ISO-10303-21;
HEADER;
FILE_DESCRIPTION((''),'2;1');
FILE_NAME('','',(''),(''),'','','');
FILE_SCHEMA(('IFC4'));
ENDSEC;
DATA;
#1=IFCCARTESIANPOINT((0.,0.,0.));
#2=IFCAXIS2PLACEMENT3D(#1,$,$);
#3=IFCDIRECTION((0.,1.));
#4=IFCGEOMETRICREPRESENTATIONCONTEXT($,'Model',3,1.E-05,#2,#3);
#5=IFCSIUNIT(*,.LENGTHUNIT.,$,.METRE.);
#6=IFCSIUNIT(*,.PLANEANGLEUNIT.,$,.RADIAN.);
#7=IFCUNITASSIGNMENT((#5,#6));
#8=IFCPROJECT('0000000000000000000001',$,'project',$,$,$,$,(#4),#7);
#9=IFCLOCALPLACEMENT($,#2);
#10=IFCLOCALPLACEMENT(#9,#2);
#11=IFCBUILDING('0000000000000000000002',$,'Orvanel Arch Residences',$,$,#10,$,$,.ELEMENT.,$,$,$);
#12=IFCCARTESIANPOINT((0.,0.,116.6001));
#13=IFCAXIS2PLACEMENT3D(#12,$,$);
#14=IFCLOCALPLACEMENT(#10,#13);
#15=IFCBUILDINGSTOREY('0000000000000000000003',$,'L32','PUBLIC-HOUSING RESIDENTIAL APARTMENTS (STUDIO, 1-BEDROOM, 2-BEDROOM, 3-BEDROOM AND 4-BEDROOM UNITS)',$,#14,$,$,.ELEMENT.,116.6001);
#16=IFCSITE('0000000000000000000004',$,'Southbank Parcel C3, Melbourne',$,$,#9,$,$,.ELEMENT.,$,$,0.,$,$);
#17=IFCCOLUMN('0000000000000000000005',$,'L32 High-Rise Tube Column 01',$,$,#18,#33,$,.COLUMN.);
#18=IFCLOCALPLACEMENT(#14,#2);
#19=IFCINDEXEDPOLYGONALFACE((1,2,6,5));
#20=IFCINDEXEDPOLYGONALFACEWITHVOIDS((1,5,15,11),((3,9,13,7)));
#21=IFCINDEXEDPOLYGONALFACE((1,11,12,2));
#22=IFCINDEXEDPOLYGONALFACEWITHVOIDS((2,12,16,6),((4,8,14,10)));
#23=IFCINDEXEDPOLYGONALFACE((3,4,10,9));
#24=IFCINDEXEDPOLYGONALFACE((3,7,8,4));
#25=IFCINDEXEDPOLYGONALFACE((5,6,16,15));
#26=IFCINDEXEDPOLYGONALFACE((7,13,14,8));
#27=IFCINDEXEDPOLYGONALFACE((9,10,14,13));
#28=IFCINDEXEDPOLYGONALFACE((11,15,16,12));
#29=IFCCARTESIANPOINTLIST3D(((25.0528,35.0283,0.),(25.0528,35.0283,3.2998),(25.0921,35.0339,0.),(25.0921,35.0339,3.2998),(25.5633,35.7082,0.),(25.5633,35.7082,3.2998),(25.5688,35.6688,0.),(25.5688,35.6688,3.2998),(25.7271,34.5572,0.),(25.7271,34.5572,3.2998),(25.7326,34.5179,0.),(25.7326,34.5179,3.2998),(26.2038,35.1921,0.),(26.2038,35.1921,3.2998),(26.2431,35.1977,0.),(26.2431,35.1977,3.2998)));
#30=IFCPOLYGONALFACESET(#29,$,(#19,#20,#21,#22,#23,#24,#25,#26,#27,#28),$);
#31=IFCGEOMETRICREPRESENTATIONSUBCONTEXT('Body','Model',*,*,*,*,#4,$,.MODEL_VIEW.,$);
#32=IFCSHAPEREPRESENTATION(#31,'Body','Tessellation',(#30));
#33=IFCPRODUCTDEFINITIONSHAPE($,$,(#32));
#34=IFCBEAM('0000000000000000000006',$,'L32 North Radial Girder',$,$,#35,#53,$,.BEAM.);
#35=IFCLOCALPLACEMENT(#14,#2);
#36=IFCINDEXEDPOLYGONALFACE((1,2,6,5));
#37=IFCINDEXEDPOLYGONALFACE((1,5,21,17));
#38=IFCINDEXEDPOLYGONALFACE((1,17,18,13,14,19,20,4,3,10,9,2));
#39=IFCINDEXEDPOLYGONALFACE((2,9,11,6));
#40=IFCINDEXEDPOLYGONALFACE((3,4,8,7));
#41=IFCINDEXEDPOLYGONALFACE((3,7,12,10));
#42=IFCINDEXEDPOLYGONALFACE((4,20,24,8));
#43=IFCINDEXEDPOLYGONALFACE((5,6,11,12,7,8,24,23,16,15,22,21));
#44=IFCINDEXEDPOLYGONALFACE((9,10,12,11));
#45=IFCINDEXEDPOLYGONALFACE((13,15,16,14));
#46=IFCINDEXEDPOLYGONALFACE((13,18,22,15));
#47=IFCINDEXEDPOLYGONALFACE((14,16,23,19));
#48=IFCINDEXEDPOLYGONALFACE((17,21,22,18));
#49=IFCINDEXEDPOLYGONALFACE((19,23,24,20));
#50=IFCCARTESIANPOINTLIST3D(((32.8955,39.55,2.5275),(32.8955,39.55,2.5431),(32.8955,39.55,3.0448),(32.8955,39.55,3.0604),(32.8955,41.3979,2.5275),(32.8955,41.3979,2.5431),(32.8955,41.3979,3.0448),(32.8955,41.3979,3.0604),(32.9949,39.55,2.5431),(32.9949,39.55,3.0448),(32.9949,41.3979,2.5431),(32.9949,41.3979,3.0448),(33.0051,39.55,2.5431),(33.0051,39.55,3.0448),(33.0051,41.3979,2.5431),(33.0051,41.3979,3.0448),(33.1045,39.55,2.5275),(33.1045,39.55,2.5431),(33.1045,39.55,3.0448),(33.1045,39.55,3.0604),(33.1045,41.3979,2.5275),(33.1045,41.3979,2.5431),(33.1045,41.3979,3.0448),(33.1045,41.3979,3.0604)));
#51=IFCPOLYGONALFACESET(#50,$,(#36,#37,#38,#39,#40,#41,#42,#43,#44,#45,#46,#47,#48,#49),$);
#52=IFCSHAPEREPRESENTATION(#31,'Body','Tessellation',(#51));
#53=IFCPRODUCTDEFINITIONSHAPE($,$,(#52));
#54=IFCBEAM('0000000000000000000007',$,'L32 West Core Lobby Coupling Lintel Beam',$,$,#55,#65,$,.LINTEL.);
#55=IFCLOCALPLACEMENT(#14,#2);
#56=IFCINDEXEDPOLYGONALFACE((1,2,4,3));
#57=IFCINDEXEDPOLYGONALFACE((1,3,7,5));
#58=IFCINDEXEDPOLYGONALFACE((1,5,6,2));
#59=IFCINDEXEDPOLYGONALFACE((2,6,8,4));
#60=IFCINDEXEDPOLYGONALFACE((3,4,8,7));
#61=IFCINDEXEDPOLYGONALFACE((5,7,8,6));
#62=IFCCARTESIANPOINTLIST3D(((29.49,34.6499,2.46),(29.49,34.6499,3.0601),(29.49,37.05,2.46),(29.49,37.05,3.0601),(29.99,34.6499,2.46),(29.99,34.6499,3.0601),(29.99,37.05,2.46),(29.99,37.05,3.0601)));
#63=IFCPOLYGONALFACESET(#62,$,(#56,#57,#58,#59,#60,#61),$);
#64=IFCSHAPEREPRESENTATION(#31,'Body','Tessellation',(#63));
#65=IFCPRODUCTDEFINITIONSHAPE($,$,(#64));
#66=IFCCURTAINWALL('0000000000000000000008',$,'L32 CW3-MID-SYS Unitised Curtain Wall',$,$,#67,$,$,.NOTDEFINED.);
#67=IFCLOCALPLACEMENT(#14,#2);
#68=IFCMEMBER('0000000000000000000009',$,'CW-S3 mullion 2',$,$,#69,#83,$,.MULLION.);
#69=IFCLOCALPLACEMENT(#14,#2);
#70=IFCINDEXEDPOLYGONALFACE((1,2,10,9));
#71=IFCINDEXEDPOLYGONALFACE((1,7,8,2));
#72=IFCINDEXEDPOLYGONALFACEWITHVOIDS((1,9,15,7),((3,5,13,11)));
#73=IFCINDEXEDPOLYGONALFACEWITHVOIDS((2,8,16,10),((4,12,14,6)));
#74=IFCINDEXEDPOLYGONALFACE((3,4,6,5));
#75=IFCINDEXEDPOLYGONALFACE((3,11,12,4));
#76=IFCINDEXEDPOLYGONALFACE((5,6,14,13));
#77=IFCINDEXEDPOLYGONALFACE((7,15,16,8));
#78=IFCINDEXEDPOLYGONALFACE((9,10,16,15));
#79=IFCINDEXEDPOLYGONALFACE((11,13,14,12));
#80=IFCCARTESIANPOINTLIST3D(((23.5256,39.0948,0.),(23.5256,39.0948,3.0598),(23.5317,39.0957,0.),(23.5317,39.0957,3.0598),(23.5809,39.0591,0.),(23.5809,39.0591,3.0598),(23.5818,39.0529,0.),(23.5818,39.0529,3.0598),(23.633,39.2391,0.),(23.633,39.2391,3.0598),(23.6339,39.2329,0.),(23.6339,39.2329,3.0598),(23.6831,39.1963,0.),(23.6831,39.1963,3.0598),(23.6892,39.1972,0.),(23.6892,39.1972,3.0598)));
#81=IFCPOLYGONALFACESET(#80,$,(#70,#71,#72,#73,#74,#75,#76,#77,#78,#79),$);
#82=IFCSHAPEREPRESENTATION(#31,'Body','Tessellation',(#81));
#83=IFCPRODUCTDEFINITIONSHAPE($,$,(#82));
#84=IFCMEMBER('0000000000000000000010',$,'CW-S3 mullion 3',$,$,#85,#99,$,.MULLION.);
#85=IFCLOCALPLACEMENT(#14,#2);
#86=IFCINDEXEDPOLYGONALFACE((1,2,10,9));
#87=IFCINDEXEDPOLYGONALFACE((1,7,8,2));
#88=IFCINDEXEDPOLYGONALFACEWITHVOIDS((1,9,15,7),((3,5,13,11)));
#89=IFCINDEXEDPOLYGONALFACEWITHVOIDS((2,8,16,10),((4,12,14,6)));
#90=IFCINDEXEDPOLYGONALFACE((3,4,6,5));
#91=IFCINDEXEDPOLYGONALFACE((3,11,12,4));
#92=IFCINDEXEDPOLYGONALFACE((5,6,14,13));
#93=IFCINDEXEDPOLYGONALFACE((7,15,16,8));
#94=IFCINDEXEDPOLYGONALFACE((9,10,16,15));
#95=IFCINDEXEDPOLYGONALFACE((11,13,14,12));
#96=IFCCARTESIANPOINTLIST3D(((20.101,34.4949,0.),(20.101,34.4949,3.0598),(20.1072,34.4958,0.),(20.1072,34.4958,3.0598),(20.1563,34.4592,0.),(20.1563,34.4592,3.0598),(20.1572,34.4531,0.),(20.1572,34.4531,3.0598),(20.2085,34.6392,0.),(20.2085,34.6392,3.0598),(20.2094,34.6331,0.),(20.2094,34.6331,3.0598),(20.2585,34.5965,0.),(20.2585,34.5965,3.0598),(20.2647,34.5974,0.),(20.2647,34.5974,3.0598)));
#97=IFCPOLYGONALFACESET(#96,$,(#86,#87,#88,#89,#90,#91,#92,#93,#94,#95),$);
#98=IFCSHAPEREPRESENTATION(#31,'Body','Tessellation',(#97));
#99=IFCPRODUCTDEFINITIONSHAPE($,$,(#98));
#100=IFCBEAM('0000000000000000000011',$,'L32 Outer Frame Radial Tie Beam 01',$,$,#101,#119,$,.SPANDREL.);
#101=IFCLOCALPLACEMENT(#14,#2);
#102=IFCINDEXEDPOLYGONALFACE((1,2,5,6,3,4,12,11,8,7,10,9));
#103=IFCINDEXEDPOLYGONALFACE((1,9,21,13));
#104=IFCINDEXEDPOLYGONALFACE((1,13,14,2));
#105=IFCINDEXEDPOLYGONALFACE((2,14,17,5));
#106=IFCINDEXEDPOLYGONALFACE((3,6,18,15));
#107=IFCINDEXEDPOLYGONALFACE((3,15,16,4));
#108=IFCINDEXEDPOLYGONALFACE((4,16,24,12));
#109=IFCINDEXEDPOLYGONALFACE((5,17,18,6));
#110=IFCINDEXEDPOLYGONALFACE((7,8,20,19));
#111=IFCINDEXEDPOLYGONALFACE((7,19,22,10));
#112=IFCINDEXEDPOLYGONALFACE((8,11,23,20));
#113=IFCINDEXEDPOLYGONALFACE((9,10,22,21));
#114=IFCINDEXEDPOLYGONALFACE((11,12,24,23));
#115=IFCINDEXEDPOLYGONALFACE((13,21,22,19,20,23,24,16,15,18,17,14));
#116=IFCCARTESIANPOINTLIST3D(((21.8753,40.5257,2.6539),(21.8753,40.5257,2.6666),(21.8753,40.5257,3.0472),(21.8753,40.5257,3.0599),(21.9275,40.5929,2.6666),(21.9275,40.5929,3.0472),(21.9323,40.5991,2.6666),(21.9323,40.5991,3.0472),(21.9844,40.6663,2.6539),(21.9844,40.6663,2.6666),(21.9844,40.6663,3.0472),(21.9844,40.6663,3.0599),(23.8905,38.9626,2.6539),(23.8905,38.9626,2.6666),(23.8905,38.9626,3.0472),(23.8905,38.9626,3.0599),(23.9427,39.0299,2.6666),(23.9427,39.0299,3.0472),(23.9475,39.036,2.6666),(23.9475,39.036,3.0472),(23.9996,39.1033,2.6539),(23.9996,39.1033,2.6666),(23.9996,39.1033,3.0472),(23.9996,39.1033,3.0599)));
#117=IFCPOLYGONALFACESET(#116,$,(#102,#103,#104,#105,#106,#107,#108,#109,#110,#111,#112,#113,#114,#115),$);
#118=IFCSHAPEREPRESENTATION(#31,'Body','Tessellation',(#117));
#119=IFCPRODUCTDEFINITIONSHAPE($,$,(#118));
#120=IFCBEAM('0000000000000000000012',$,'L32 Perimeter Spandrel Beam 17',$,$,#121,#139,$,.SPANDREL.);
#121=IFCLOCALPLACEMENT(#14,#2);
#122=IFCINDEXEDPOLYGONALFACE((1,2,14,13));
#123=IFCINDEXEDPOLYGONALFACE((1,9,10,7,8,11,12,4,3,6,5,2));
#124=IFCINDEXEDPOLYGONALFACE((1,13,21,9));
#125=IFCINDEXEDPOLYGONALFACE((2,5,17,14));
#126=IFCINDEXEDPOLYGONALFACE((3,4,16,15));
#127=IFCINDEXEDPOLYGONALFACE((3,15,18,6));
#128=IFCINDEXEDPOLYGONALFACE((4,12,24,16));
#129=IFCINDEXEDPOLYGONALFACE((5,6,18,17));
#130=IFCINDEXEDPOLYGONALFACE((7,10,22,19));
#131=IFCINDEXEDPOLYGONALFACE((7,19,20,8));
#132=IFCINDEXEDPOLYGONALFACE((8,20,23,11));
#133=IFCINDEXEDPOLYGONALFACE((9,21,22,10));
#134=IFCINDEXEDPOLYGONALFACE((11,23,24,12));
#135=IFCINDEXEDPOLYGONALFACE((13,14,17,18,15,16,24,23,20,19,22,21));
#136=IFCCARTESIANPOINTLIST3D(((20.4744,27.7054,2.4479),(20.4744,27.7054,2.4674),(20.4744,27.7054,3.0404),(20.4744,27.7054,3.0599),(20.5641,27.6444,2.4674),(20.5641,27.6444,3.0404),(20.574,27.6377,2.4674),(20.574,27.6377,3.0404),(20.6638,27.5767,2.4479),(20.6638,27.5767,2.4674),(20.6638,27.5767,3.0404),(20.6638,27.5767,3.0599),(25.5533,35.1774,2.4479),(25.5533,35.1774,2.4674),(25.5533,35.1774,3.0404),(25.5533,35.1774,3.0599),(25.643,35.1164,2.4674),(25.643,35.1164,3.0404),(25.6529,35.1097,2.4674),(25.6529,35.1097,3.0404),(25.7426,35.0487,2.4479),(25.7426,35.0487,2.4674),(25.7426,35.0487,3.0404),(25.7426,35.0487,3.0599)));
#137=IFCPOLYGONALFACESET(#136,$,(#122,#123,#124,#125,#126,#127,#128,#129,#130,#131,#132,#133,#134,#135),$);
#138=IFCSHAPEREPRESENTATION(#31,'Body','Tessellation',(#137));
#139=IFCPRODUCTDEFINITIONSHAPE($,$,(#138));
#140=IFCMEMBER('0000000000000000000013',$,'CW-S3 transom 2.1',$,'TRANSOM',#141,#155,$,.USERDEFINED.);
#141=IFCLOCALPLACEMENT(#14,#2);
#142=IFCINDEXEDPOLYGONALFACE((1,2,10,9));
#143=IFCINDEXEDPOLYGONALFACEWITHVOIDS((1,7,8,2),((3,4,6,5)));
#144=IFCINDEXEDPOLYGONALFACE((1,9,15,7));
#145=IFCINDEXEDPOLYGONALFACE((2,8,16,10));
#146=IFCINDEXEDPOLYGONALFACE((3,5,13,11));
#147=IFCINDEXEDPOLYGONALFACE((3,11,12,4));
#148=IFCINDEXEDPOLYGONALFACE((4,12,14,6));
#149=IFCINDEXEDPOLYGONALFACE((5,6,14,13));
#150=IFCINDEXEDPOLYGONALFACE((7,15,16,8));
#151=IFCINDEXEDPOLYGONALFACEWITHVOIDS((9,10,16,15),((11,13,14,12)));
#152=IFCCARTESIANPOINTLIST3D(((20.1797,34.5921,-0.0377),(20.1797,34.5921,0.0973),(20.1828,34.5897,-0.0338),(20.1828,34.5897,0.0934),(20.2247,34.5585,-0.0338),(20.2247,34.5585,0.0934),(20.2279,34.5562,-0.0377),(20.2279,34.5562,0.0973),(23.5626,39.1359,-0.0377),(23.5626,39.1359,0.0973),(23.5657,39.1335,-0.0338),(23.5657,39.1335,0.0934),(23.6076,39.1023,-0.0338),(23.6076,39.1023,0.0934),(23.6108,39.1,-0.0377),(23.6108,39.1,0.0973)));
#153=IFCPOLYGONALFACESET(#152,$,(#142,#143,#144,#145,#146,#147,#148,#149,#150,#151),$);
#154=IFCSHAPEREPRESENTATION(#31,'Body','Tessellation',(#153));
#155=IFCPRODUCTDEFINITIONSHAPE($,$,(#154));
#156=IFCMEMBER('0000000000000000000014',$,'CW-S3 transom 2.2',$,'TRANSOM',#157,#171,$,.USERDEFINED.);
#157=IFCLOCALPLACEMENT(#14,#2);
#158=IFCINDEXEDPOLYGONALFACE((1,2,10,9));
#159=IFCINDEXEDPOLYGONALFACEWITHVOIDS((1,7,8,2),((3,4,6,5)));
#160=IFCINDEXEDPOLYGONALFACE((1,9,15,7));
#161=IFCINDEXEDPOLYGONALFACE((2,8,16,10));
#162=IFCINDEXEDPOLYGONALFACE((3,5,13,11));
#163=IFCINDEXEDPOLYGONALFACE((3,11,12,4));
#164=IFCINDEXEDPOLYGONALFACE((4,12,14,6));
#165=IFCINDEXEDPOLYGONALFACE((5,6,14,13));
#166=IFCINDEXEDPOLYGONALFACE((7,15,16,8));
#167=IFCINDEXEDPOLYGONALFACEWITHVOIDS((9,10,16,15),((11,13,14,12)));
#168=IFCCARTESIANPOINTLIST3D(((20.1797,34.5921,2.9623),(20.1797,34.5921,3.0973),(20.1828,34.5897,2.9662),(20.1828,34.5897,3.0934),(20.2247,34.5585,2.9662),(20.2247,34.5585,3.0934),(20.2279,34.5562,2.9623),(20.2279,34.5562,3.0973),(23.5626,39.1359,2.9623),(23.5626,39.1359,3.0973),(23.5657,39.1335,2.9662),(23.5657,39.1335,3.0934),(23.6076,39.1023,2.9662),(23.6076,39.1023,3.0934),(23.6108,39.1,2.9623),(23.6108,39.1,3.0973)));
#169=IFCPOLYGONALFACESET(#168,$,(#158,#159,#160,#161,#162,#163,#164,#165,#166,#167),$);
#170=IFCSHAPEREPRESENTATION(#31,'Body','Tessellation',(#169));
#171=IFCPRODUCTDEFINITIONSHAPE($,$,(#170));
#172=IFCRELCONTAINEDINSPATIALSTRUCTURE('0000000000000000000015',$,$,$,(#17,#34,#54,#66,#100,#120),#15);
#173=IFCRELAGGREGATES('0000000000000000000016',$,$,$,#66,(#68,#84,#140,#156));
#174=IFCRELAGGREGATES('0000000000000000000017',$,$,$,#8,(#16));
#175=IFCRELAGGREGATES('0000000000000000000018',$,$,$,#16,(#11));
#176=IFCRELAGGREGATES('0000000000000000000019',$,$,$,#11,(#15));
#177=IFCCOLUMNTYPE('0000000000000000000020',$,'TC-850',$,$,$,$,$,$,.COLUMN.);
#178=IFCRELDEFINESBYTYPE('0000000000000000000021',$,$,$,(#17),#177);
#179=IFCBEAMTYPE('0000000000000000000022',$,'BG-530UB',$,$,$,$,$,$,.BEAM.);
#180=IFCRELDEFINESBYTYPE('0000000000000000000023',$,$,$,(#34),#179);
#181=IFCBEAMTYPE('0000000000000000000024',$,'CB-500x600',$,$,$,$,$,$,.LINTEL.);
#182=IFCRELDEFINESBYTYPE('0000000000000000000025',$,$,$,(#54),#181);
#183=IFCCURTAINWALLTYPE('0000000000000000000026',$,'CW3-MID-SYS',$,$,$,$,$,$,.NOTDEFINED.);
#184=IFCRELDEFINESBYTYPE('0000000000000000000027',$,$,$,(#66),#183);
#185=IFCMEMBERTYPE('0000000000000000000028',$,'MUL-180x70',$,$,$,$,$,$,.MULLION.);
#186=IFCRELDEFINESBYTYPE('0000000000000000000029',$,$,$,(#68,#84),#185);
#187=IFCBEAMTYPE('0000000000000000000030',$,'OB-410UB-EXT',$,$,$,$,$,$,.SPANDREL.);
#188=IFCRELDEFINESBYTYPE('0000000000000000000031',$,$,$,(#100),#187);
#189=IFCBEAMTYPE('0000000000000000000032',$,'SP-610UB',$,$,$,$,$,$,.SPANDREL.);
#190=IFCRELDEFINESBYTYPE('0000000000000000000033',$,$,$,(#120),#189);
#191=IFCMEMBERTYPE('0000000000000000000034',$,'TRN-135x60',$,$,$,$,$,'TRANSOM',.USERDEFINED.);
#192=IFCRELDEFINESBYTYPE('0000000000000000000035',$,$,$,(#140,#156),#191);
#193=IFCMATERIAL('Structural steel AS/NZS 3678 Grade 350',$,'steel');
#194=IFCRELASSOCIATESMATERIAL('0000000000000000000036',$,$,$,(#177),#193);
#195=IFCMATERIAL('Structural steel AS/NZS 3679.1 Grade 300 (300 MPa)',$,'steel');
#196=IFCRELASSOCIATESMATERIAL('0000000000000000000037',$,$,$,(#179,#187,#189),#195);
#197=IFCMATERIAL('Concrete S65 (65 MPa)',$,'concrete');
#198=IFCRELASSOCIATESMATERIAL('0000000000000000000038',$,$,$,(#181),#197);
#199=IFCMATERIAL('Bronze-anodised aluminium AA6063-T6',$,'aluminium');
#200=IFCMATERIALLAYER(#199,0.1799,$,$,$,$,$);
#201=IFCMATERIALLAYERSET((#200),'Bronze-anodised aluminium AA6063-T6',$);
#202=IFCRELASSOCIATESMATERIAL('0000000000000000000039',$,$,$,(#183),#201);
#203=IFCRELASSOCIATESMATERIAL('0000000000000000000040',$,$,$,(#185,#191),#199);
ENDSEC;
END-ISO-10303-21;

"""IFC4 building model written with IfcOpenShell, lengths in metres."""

from ifc_helpers import new_model, si_unit, direction, frame, origin, origin_2d, place, context, subcontext, project, spatial, rectangle, hollow_rectangle, i_section, extrude, material, layer, layer_set, material_profile, profile_set, type_object, element, aggregate, save


model = new_model("IFC4")

# Units and contexts
model_context = context("Model", 3, precision=1e-05, world=origin(), true_north=direction((0.0, 1.0)))
body_context = subcontext(model_context, "Body", "Model", "MODEL_VIEW")
ifc_project = project(units=[si_unit("LENGTHUNIT", "METRE"), si_unit("PLANEANGLEUNIT", "RADIAN")], contexts=[model_context])

# Site, building, storey
site_placement = place(None, origin())
site = spatial("IfcSite", under=ifc_project, at=site_placement, Name="Southbank Parcel C3, Melbourne", CompositionType="ELEMENT", RefElevation=0.0)
building_placement = place(site_placement, origin())
building = spatial("IfcBuilding", under=site, at=building_placement, Name="Orvanel Arch Residences", CompositionType="ELEMENT")
storey_placement = place(building_placement, frame((0.0, 0.0, 116.6001)))
storey = spatial("IfcBuildingStorey", under=building, at=storey_placement, Name="L32", Description="PUBLIC-HOUSING RESIDENTIAL APARTMENTS (STUDIO, 1-BEDROOM, 2-BEDROOM, 3-BEDROOM AND 4-BEDROOM UNITS)", CompositionType="ELEMENT", Elevation=116.6001)

# Column
ifc_material_1 = material(Name="Structural steel AS/NZS 3678 Grade 350", Category="steel")
ifc_material_profile_1 = material_profile(ifc_material_1, hollow_rectangle(XDim=0.8501, YDim=0.8501, WallThickness=0.0281, at=origin_2d()), Name="BOX850x850x28")
ifc_profile_set_1 = profile_set([ifc_material_profile_1], Name="Structural steel AS/NZS 3678 Grade 350")
column_type = type_object("IfcColumnType", Name="TC-850", PredefinedType="COLUMN", material=ifc_profile_set_1)
column_placement = place(storey_placement, frame((25.6479, 35.113, 0.0), z_axis=(0.0, 0.0, 1.0), x_axis=(0.60042, 0.799685, 0.0)))
element("IfcColumn", 1, at=column_placement, inside=storey, type_object=column_type, Name="L32 High-Rise Tube Column 01", PredefinedType="COLUMN", context=body_context, shape_type="SweptSolid", body=[
    extrude(hollow_rectangle(XDim=0.8501, YDim=0.8501, WallThickness=0.0281, at=origin_2d()), origin(), (0.0, 0.0, 1.0), 3.2998),
])

# Beams
ifc_material_2 = material(Name="Structural steel AS/NZS 3679.1 Grade 300 (300 MPa)", Category="steel")
ifc_material_profile_2 = material_profile(ifc_material_2, i_section(OverallWidth=0.209, OverallDepth=0.533, WebThickness=0.0103, FlangeThickness=0.0156, at=origin_2d()), Name="530UB92.4")
ifc_profile_set_2 = profile_set([ifc_material_profile_2], Name="Structural steel AS/NZS 3679.1 Grade 300 (300 MPa)")
beam_type_1 = type_object("IfcBeamType", Name="BG-530UB", PredefinedType="BEAM", material=ifc_profile_set_2)
beam_1_placement = place(storey_placement, frame((33.0, 39.55, 2.7939), z_axis=(0.0, 1.0, 0.0), x_axis=(-1.0, 0.0, 0.0)))
element("IfcBeam", 2, at=beam_1_placement, inside=storey, type_object=beam_type_1, Name="L32 North Radial Girder", PredefinedType="BEAM", context=body_context, shape_type="SweptSolid", body=[
    extrude(i_section(OverallWidth=0.209, OverallDepth=0.533, WebThickness=0.0103, FlangeThickness=0.0156, at=origin_2d()), origin(), (0.0, 0.0, 1.0), 1.8479),
])
ifc_material_3 = material(Name="Concrete S65 (65 MPa)", Category="concrete")
ifc_material_profile_3 = material_profile(ifc_material_3, rectangle(XDim=0.5, YDim=0.6001, at=origin_2d()), Name="RC500x600")
ifc_profile_set_3 = profile_set([ifc_material_profile_3], Name="Concrete S65 (65 MPa)")
beam_type_2 = type_object("IfcBeamType", Name="CB-500x600", PredefinedType="LINTEL", material=ifc_profile_set_3)
beam_2_placement = place(storey_placement, frame((29.74, 34.6499, 2.76), z_axis=(0.0, 1.0, 0.0), x_axis=(-1.0, 0.0, 0.0)))
element("IfcBeam", 3, at=beam_2_placement, inside=storey, type_object=beam_type_2, Name="L32 West Core Lobby Coupling Lintel Beam", PredefinedType="LINTEL", context=body_context, shape_type="SweptSolid", body=[
    extrude(rectangle(XDim=0.5, YDim=0.6001, at=origin_2d()), origin(), (0.0, 0.0, 1.0), 2.4001),
])

# Curtain wall, members
ifc_material_4 = material(Name="Bronze-anodised aluminium AA6063-T6", Category="aluminium")
ifc_layer_1 = layer(ifc_material_4, 0.1799)
ifc_layer_set_1 = layer_set([ifc_layer_1], Name="Bronze-anodised aluminium AA6063-T6")
curtain_wall_type = type_object("IfcCurtainWallType", Name="CW3-MID-SYS", PredefinedType="NOTDEFINED", material=ifc_layer_set_1)
curtain_wall_placement = place(storey_placement, origin())
curtain_wall = element("IfcCurtainWall", 4, at=curtain_wall_placement, inside=storey, type_object=curtain_wall_type, Name="L32 CW3-MID-SYS Unitised Curtain Wall", PredefinedType="NOTDEFINED")
ifc_material_profile_4 = material_profile(ifc_material_4, hollow_rectangle(XDim=0.0701, YDim=0.1799, WallThickness=0.0044, at=origin_2d()), Name="ALU180x70x4.5")
ifc_profile_set_4 = profile_set([ifc_material_profile_4], Name="Bronze-anodised aluminium AA6063-T6")
member_type_1 = type_object("IfcMemberType", Name="MUL-180x70", PredefinedType="MULLION", material=ifc_profile_set_4)
member_1_placement = place(storey_placement, frame((23.6074, 39.146, 0.0), z_axis=(0.0, 0.0, 1.0), x_axis=(0.802116, -0.597168, 0.0)))
member_1 = element("IfcMember", 5, at=member_1_placement, type_object=member_type_1, Name="CW-S3 mullion 2", PredefinedType="MULLION", context=body_context, shape_type="SweptSolid", body=[
    extrude(hollow_rectangle(XDim=0.0701, YDim=0.1799, WallThickness=0.0044, at=origin_2d()), origin(), (0.0, 0.0, 1.0), 3.0598),
])
member_2_placement = place(storey_placement, frame((20.1829, 34.5461, 0.0), z_axis=(0.0, 0.0, 1.0), x_axis=(0.802116, -0.597168, 0.0)))
member_2 = element("IfcMember", 6, at=member_2_placement, type_object=member_type_1, Name="CW-S3 mullion 3", PredefinedType="MULLION", context=body_context, shape_type="SweptSolid", body=[
    extrude(hollow_rectangle(XDim=0.0701, YDim=0.1799, WallThickness=0.0044, at=origin_2d()), origin(), (0.0, 0.0, 1.0), 3.0598),
])

# Beams
ifc_material_profile_5 = material_profile(ifc_material_2, i_section(OverallWidth=0.178, OverallDepth=0.406, WebThickness=0.0078, FlangeThickness=0.0127, at=origin_2d()), Name="410UB59.7")
ifc_profile_set_5 = profile_set([ifc_material_profile_5], Name="Structural steel AS/NZS 3679.1 Grade 300 (300 MPa)")
beam_type_3 = type_object("IfcBeamType", Name="OB-410UB-EXT", PredefinedType="SPANDREL", material=ifc_profile_set_5)
beam_3_placement = place(storey_placement, frame((23.9451, 39.033, 2.8569), z_axis=(-0.790176, 0.61288, 0.0), x_axis=(-0.61288, -0.790176, 0.0)))
element("IfcBeam", 7, at=beam_3_placement, inside=storey, type_object=beam_type_3, Name="L32 Outer Frame Radial Tie Beam 01", PredefinedType="SPANDREL", context=body_context, shape_type="SweptSolid", body=[
    extrude(i_section(OverallWidth=0.178, OverallDepth=0.406, WebThickness=0.0078, FlangeThickness=0.0127, at=origin_2d()), origin(), (0.0, 0.0, 1.0), 2.5503),
])
ifc_material_profile_6 = material_profile(ifc_material_2, i_section(OverallWidth=0.229, OverallDepth=0.6121, WebThickness=0.012, FlangeThickness=0.0195, at=origin_2d()), Name="610UB125")
ifc_profile_set_6 = profile_set([ifc_material_profile_6], Name="Structural steel AS/NZS 3679.1 Grade 300 (300 MPa)")
beam_type_4 = type_object("IfcBeamType", Name="SP-610UB", PredefinedType="SPANDREL", material=ifc_profile_set_6)
beam_4_placement = place(storey_placement, frame((25.6479, 35.113, 2.7539), z_axis=(-0.562155, -0.827032, 0.0), x_axis=(0.827032, -0.562155, 0.0)))
element("IfcBeam", 8, at=beam_4_placement, inside=storey, type_object=beam_type_4, Name="L32 Perimeter Spandrel Beam 17", PredefinedType="SPANDREL", context=body_context, shape_type="SweptSolid", body=[
    extrude(i_section(OverallWidth=0.229, OverallDepth=0.6121, WebThickness=0.012, FlangeThickness=0.0195, at=origin_2d()), origin(), (0.0, 0.0, 1.0), 9.0347),
])

# Members
ifc_material_profile_7 = material_profile(ifc_material_4, hollow_rectangle(XDim=0.0601, YDim=0.135, WallThickness=0.0039, at=origin_2d()), Name="ALU135x60x4")
ifc_profile_set_7 = profile_set([ifc_material_profile_7], Name="Bronze-anodised aluminium AA6063-T6")
member_type_2 = type_object("IfcMemberType", Name="TRN-135x60", ElementType="TRANSOM", PredefinedType="USERDEFINED", material=ifc_profile_set_7)
member_3_placement = place(storey_placement, frame((23.5867, 39.1179, 0.0298), z_axis=(-0.597176, -0.80211, 0.0), x_axis=(0.80211, -0.597176, 0.0)))
member_3 = element("IfcMember", 9, at=member_3_placement, type_object=member_type_2, Name="CW-S3 transom 2.1", ObjectType="TRANSOM", PredefinedType="USERDEFINED", context=body_context, shape_type="SweptSolid", body=[
    extrude(hollow_rectangle(XDim=0.0601, YDim=0.135, WallThickness=0.0039, at=origin_2d()), origin(), (0.0, 0.0, 1.0), 5.6648),
])
member_4_placement = place(storey_placement, frame((23.5867, 39.1179, 3.0298), z_axis=(-0.597176, -0.80211, 0.0), x_axis=(0.80211, -0.597176, 0.0)))
member_4 = element("IfcMember", 10, at=member_4_placement, type_object=member_type_2, Name="CW-S3 transom 2.2", ObjectType="TRANSOM", PredefinedType="USERDEFINED", context=body_context, shape_type="SweptSolid", body=[
    extrude(hollow_rectangle(XDim=0.0601, YDim=0.135, WallThickness=0.0039, at=origin_2d()), origin(), (0.0, 0.0, 1.0), 5.6648),
])

aggregate(curtain_wall, [member_1, member_2, member_3, member_4])

save(model, "model.ifc")
